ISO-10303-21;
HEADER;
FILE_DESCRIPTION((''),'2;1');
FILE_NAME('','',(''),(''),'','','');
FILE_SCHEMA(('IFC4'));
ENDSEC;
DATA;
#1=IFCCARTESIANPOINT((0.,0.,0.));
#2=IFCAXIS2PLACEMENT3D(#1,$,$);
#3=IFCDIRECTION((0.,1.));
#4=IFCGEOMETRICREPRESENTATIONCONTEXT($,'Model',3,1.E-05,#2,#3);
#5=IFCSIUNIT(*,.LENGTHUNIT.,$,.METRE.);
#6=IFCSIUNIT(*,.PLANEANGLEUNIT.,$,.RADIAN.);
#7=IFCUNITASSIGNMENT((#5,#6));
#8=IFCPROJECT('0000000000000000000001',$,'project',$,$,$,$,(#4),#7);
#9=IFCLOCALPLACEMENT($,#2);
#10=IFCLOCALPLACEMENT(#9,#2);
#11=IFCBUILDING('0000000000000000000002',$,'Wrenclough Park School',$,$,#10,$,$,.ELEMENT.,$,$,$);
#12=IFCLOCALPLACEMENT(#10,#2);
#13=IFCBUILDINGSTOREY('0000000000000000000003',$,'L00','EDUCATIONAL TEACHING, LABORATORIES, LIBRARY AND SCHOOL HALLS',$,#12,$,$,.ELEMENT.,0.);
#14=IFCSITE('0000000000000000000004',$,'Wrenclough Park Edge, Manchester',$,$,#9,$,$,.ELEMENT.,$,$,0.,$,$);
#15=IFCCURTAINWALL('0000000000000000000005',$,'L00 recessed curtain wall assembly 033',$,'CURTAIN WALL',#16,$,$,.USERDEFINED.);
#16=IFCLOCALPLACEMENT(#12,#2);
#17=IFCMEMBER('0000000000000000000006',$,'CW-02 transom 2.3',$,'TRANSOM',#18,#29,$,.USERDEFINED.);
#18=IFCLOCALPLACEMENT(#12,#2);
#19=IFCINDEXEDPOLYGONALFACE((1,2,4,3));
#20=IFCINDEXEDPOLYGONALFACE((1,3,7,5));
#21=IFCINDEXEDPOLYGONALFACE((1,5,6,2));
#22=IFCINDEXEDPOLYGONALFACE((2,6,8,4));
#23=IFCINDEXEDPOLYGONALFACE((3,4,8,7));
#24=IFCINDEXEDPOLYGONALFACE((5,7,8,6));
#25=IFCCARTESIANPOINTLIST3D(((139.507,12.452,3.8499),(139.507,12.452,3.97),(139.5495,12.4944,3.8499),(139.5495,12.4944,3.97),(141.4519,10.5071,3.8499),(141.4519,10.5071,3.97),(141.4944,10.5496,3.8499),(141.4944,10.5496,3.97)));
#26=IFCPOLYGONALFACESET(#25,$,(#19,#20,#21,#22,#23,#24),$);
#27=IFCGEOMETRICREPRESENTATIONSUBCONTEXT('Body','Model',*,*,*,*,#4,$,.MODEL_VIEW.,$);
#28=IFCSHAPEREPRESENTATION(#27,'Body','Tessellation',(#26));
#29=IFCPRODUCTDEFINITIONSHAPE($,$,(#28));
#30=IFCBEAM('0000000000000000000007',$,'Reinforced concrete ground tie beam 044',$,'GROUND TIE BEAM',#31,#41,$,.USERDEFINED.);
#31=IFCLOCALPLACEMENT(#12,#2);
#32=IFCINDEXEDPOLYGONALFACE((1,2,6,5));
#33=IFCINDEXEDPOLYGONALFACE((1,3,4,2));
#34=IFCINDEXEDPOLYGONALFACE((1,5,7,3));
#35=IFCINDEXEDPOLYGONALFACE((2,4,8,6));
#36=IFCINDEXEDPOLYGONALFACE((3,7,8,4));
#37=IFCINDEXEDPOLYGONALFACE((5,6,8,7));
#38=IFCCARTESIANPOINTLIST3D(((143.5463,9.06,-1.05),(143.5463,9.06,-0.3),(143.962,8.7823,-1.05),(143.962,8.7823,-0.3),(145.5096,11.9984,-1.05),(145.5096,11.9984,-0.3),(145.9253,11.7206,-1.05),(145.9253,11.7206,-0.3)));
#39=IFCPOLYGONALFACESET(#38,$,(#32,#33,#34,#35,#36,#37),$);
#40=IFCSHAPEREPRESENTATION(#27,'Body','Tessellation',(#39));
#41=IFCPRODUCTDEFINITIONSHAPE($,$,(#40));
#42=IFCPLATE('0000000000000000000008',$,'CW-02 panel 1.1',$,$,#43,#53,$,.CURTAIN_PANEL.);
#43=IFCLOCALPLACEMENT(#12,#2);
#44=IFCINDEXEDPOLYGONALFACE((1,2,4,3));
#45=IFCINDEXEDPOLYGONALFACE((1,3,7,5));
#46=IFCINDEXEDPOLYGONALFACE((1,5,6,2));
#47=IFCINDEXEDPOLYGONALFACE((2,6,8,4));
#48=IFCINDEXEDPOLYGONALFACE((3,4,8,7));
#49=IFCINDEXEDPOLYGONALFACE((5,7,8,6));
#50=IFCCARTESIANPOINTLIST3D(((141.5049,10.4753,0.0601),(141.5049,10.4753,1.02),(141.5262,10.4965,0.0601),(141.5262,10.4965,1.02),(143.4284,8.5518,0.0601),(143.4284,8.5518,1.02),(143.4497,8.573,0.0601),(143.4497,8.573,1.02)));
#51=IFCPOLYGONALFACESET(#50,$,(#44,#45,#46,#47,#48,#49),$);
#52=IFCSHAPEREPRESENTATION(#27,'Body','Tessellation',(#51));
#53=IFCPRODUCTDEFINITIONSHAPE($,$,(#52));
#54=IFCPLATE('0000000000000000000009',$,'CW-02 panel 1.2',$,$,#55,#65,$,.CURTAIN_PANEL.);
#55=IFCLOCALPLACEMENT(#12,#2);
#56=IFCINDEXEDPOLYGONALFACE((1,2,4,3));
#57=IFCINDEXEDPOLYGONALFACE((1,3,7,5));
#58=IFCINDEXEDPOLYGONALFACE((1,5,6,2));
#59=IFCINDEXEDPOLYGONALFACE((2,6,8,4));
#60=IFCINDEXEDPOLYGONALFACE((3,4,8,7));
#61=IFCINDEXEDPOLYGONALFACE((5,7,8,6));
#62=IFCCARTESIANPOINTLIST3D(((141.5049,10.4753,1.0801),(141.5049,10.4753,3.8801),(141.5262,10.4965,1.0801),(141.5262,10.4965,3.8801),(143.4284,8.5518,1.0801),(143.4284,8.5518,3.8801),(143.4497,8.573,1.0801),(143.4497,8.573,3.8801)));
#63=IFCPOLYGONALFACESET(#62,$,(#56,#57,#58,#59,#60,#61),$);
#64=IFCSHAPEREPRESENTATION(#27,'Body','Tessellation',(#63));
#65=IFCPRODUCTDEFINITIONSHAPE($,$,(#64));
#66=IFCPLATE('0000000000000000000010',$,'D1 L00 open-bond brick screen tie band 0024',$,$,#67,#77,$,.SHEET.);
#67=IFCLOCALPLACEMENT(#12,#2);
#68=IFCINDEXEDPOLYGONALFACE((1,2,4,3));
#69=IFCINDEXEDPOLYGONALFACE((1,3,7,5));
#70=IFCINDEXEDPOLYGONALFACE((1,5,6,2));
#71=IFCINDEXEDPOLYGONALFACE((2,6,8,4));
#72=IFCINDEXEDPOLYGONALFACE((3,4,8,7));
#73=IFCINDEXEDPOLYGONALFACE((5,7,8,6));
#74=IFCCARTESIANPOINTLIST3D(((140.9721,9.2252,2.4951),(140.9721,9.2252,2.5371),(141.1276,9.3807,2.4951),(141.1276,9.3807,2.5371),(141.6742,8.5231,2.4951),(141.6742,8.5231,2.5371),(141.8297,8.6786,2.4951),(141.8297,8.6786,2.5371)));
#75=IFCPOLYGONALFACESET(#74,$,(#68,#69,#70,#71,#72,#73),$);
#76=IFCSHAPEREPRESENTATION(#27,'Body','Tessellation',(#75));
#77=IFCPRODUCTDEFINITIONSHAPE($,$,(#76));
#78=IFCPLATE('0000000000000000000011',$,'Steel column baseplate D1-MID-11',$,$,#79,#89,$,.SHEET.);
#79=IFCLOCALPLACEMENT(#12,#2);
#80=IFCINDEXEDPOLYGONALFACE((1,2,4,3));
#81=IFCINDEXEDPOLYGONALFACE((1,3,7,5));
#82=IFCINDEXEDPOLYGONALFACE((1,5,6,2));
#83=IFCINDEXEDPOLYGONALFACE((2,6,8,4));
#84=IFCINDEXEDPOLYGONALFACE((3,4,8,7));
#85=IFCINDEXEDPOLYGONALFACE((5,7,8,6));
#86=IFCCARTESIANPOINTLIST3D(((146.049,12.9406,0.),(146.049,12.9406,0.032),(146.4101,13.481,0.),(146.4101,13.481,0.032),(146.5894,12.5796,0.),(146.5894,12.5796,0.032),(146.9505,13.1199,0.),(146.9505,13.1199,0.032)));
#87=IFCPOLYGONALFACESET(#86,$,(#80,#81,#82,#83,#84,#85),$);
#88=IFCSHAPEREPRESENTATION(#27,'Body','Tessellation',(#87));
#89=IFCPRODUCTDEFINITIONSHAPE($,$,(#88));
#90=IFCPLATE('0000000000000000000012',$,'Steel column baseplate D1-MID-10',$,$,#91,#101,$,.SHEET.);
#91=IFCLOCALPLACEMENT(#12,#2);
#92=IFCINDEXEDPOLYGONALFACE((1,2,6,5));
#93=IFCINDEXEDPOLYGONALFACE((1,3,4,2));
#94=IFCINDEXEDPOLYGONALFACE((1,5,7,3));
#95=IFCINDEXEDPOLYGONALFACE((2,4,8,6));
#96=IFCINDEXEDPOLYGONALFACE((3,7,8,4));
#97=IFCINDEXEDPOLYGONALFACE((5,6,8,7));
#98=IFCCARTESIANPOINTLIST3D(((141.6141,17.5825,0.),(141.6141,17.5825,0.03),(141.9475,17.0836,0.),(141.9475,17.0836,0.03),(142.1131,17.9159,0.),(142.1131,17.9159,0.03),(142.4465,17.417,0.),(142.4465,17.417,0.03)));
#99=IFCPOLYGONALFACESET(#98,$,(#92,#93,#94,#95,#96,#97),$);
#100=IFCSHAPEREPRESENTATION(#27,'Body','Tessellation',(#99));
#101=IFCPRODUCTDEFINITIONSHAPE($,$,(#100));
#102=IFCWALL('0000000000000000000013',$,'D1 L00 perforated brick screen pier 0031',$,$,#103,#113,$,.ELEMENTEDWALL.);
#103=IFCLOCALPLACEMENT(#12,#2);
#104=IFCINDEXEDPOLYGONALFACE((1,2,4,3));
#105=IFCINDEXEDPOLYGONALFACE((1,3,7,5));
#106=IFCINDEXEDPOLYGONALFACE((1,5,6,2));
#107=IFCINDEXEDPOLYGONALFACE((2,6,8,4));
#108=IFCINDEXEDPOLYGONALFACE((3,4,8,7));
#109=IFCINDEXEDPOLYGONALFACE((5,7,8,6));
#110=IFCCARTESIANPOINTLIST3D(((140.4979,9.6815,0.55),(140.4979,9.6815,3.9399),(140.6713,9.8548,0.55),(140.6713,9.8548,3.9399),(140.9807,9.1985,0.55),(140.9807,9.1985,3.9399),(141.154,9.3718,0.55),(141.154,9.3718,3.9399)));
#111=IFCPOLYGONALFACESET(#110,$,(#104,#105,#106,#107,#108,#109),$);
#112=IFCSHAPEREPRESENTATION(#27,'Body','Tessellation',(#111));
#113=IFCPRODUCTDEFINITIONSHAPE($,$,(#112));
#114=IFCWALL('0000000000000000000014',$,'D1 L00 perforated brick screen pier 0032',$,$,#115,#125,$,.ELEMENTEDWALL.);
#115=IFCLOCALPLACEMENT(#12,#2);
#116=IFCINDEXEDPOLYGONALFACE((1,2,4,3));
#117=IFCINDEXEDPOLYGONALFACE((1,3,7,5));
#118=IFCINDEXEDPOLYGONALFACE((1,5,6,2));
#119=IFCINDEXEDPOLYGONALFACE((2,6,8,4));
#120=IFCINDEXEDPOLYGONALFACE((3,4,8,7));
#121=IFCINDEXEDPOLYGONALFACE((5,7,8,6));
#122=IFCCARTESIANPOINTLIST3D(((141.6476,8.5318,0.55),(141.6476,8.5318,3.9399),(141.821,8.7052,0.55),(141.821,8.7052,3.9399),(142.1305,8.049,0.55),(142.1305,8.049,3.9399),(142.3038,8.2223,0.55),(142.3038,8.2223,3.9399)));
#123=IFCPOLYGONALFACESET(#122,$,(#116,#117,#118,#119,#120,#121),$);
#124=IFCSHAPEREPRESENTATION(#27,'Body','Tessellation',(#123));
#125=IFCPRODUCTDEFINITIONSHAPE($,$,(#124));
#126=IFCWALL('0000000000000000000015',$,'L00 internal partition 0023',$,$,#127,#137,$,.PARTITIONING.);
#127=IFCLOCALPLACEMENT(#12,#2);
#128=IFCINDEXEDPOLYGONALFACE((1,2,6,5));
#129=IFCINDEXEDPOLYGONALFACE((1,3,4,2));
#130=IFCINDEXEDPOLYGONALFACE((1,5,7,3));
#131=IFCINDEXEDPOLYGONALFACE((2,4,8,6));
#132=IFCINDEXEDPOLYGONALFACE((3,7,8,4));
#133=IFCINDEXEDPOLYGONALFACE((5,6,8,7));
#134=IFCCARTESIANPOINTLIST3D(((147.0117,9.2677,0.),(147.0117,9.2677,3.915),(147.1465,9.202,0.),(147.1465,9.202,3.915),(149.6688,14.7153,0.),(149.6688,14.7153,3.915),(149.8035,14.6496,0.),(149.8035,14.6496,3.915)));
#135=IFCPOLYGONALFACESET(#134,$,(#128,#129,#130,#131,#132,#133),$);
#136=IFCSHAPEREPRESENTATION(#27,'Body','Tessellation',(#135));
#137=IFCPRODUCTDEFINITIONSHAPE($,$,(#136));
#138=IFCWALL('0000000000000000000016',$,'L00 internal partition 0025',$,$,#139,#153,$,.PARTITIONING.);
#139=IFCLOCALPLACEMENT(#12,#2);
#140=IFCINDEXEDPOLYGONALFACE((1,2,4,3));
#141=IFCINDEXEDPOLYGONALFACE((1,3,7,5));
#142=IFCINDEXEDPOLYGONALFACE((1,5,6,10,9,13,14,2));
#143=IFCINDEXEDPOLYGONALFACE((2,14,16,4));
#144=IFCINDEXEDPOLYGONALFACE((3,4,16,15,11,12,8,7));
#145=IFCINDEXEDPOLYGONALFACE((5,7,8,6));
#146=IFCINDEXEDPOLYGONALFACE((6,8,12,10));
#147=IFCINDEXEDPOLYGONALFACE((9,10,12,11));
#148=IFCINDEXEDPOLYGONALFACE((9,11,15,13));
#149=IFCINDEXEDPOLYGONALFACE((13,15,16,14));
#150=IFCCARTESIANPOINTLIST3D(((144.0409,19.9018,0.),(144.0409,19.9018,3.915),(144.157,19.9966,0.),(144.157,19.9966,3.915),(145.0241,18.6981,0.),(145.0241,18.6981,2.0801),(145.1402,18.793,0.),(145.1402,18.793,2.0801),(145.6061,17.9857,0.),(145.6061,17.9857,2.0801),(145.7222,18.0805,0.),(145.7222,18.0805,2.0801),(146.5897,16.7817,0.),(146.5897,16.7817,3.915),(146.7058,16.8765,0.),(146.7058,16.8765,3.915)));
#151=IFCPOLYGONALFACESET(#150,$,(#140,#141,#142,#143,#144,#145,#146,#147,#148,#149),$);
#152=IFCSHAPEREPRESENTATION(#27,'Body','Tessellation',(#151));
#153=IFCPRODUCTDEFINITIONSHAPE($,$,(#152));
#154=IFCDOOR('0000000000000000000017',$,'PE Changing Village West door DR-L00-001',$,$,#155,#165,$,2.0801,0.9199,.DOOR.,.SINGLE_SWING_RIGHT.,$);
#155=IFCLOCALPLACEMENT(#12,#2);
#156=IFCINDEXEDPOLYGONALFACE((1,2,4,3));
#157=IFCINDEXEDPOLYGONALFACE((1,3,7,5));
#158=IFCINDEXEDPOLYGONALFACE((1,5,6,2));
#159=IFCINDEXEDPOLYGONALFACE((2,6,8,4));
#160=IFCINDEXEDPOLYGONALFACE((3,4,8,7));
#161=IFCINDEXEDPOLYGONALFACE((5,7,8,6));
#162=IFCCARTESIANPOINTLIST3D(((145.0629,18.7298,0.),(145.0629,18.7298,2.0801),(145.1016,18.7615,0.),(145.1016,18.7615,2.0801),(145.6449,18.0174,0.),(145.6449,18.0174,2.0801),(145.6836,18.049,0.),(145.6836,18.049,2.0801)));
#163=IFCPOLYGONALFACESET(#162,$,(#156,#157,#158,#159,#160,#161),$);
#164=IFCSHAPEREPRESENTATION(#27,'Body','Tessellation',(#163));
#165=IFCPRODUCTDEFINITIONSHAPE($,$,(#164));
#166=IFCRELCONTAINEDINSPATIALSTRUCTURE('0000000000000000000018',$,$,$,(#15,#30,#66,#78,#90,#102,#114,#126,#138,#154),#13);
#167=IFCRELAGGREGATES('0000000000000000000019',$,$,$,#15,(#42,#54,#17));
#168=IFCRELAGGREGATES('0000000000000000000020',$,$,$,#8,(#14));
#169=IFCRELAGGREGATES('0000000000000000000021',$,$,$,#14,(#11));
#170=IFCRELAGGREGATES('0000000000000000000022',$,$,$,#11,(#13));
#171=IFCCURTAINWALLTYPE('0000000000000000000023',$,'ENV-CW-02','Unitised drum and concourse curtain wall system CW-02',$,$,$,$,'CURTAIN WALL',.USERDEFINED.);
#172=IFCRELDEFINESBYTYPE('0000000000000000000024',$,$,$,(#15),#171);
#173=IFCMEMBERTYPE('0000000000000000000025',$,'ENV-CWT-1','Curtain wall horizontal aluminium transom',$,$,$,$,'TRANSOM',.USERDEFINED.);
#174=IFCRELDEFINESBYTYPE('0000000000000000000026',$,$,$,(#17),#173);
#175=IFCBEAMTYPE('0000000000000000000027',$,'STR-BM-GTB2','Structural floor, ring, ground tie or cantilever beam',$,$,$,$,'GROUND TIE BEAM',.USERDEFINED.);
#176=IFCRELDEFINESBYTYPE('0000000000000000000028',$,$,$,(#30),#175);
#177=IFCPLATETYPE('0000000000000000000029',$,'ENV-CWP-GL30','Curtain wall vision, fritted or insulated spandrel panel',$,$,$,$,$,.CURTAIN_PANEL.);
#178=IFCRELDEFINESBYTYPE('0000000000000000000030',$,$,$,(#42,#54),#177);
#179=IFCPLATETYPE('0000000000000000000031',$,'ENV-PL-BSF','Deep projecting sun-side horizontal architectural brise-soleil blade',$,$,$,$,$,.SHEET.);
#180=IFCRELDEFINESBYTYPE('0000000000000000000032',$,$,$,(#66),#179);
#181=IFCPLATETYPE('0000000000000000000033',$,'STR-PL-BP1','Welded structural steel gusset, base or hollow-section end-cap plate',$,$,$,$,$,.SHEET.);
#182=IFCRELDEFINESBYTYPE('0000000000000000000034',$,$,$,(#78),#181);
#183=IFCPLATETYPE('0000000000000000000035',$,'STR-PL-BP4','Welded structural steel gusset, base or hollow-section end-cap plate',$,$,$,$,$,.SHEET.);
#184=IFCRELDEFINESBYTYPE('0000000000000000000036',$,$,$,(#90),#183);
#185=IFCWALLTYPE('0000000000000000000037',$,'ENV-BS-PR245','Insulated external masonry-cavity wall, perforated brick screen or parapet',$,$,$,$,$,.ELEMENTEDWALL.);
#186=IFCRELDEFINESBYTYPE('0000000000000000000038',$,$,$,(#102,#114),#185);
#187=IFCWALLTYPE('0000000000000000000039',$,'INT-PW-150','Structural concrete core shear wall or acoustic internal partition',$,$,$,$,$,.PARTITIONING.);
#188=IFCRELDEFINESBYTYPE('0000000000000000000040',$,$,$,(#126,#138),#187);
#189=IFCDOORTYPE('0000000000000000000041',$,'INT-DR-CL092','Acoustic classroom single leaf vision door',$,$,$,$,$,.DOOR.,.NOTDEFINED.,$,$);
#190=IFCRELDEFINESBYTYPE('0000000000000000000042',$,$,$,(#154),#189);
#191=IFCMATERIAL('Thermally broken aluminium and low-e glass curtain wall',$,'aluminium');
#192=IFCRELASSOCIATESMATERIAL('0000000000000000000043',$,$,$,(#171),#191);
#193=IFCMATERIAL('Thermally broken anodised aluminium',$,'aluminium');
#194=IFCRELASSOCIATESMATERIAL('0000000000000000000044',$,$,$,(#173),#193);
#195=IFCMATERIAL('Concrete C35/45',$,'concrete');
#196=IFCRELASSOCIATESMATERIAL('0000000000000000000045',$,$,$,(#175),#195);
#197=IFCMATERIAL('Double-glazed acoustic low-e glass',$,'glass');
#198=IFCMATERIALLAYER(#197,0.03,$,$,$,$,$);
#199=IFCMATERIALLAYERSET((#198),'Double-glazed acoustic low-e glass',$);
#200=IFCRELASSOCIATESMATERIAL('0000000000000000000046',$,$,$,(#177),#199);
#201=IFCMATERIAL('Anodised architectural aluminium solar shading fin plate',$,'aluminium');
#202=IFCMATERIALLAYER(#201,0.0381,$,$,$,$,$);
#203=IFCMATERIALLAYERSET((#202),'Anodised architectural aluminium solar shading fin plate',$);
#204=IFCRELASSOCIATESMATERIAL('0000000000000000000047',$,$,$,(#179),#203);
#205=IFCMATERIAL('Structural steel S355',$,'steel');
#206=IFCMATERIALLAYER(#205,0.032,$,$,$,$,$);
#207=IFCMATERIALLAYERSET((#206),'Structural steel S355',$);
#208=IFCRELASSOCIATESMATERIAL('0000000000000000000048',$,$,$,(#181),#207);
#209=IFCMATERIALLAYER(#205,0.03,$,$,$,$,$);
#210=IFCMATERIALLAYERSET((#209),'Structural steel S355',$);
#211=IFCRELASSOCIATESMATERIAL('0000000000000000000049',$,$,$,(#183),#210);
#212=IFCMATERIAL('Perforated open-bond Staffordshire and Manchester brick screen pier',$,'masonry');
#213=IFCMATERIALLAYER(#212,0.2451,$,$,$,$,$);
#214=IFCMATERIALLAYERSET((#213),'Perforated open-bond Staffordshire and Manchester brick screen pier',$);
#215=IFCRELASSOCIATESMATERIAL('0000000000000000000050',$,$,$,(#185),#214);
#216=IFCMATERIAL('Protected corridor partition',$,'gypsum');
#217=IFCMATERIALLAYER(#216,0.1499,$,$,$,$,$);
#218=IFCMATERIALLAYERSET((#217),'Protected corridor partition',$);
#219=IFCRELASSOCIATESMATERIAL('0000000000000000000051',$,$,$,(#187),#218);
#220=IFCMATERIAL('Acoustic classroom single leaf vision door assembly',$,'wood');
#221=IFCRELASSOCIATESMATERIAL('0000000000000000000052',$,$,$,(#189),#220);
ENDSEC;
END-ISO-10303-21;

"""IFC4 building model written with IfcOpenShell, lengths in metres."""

from ifc_helpers import new_model, si_unit, direction, frame, frame_2d, origin, origin_2d, place, context, subcontext, project, spatial, rectangle, extrude, material, layer, layer_set, material_profile, profile_set, type_object, element, fill, aggregate, save


model = new_model("IFC4")

# Units and contexts
model_context = context("Model", 3, precision=1e-05, world=origin(), true_north=direction((0.0, 1.0)))
body_context = subcontext(model_context, "Body", "Model", "MODEL_VIEW")
ifc_project = project(units=[si_unit("LENGTHUNIT", "METRE"), si_unit("PLANEANGLEUNIT", "RADIAN")], contexts=[model_context])

# Site, building, storey
site_placement = place(None, origin())
site = spatial("IfcSite", under=ifc_project, at=site_placement, Name="Wrenclough Park Edge, Manchester", CompositionType="ELEMENT", RefElevation=0.0)
building_placement = place(site_placement, origin())
building = spatial("IfcBuilding", under=site, at=building_placement, Name="Wrenclough Park School", CompositionType="ELEMENT")
storey_placement = place(building_placement, origin())
storey = spatial("IfcBuildingStorey", under=building, at=storey_placement, Name="L00", Description="EDUCATIONAL TEACHING, LABORATORIES, LIBRARY AND SCHOOL HALLS", CompositionType="ELEMENT", Elevation=0.0)

# Shared definitions
ifc_material_1 = material(Name="Concrete C35/45", Category="concrete")

# Shared definitions
ifc_material_2 = material(Name="Structural steel S355", Category="steel")

# Curtain wall, member
ifc_material_3 = material(Name="Thermally broken aluminium and low-e glass curtain wall", Category="aluminium")
curtain_wall_type = type_object("IfcCurtainWallType", Name="ENV-CW-02", Description="Unitised drum and concourse curtain wall system CW-02", ElementType="CURTAIN WALL", PredefinedType="USERDEFINED", material=ifc_material_3)
curtain_wall_placement = place(storey_placement, origin())
curtain_wall = element("IfcCurtainWall", 1, at=curtain_wall_placement, inside=storey, type_object=curtain_wall_type, Name="L00 recessed curtain wall assembly 033", ObjectType="CURTAIN WALL", PredefinedType="USERDEFINED")
ifc_material_4 = material(Name="Thermally broken anodised aluminium", Category="aluminium")
ifc_material_profile_1 = material_profile(ifc_material_4, rectangle(XDim=0.0601, YDim=0.1201, at=origin_2d()), Name="AL TRANSOM 60x120")
ifc_profile_set_1 = profile_set([ifc_material_profile_1], Name="Thermally broken anodised aluminium")
member_type_1 = type_object("IfcMemberType", Name="ENV-CWT-1", Description="Curtain wall horizontal aluminium transom", ElementType="TRANSOM", PredefinedType="USERDEFINED", material=ifc_profile_set_1)
member_1_placement = place(storey_placement, frame((141.4731, 10.5283, 3.9099), z_axis=(-0.707107, 0.707107, 0.0), x_axis=(-0.707107, -0.707107, 0.0)))
member_1 = element("IfcMember", 2, at=member_1_placement, type_object=member_type_1, Name="CW-02 transom 2.3", ObjectType="TRANSOM", PredefinedType="USERDEFINED", context=body_context, shape_type="SweptSolid", body=[
    extrude(rectangle(XDim=0.0601, YDim=0.1201, at=origin_2d()), origin(), (0.0, 0.0, 1.0), 2.7505),
])

# Beam
ifc_material_profile_2 = material_profile(ifc_material_1, rectangle(XDim=0.5, YDim=0.75, at=origin_2d()), Name="RC GROUND 500x750")
ifc_profile_set_2 = profile_set([ifc_material_profile_2], Name="Concrete C35/45")
beam_type = type_object("IfcBeamType", Name="STR-BM-GTB2", Description="Structural floor, ring, ground tie or cantilever beam", ElementType="GROUND TIE BEAM", PredefinedType="USERDEFINED", material=ifc_profile_set_2)
beam_placement = place(storey_placement, frame((143.7542, 8.9211, -0.675), z_axis=(0.555561, 0.831476, 0.0), x_axis=(-0.831476, 0.555561, 0.0)))
element("IfcBeam", 3, at=beam_placement, inside=storey, type_object=beam_type, Name="Reinforced concrete ground tie beam 044", ObjectType="GROUND TIE BEAM", PredefinedType="USERDEFINED", context=body_context, shape_type="SweptSolid", body=[
    extrude(rectangle(XDim=0.5, YDim=0.75, at=origin_2d()), origin(), (0.0, 0.0, 1.0), 3.5339),
])

# Plates
ifc_material_5 = material(Name="Double-glazed acoustic low-e glass", Category="glass")
ifc_layer_1 = layer(ifc_material_5, 0.03)
ifc_layer_set_1 = layer_set([ifc_layer_1], Name="Double-glazed acoustic low-e glass")
plate_type_1 = type_object("IfcPlateType", Name="ENV-CWP-GL30", Description="Curtain wall vision, fritted or insulated spandrel panel", PredefinedType="CURTAIN_PANEL", material=ifc_layer_set_1)
plate_1_placement = place(storey_placement, frame((142.4773, 9.5242, 0.0601), z_axis=(0.0, 0.0, 1.0), x_axis=(-0.707107, 0.707107, 0.0)))
plate_1 = element("IfcPlate", 4, at=plate_1_placement, type_object=plate_type_1, Name="CW-02 panel 1.1", PredefinedType="CURTAIN_PANEL", context=body_context, shape_type="SweptSolid", body=[
    extrude(rectangle(XDim=2.7202, YDim=0.03, at=origin_2d()), origin(), (0.0, 0.0, 1.0), 0.96),
])
plate_2_placement = place(storey_placement, frame((142.4773, 9.5242, 1.0801), z_axis=(0.0, 0.0, 1.0), x_axis=(-0.707107, 0.707107, 0.0)))
plate_2 = element("IfcPlate", 5, at=plate_2_placement, type_object=plate_type_1, Name="CW-02 panel 1.2", PredefinedType="CURTAIN_PANEL", context=body_context, shape_type="SweptSolid", body=[
    extrude(rectangle(XDim=2.7202, YDim=0.03, at=origin_2d()), origin(), (0.0, 0.0, 1.0), 2.8),
])
aggregate(curtain_wall, [plate_1, plate_2, member_1])

# Plates
ifc_material_6 = material(Name="Anodised architectural aluminium solar shading fin plate", Category="aluminium")
ifc_layer_2 = layer(ifc_material_6, 0.0381)
ifc_layer_set_2 = layer_set([ifc_layer_2], Name="Anodised architectural aluminium solar shading fin plate")
plate_type_2 = type_object("IfcPlateType", Name="ENV-PL-BSF", Description="Deep projecting sun-side horizontal architectural brise-soleil blade", PredefinedType="SHEET", material=ifc_layer_set_2)
plate_3_placement = place(storey_placement, frame((141.4009, 8.9519, 2.4951), z_axis=(0.0, 0.0, 1.0), x_axis=(0.707107, -0.707107, 0.0)))
element("IfcPlate", 6, at=plate_3_placement, inside=storey, type_object=plate_type_2, Name="D1 L00 open-bond brick screen tie band 0024", PredefinedType="SHEET", context=body_context, shape_type="SweptSolid", body=[
    extrude(rectangle(XDim=0.9929, YDim=0.22, at=origin_2d()), origin(), (0.0, 0.0, 1.0), 0.042),
])
ifc_layer_3 = layer(ifc_material_2, 0.032)
ifc_layer_set_3 = layer_set([ifc_layer_3], Name="Structural steel S355")
plate_type_3 = type_object("IfcPlateType", Name="STR-PL-BP1", Description="Welded structural steel gusset, base or hollow-section end-cap plate", PredefinedType="SHEET", material=ifc_layer_set_3)
plate_4_placement = place(storey_placement, frame((146.4998, 13.0303, 0.0), z_axis=(0.0, 0.0, 1.0), x_axis=(0.83147, -0.55557, 0.0)))
element("IfcPlate", 7, at=plate_4_placement, inside=storey, type_object=plate_type_3, Name="Steel column baseplate D1-MID-11", PredefinedType="SHEET", context=body_context, shape_type="SweptSolid", body=[
    extrude(rectangle(XDim=0.6499, YDim=0.6499, at=origin_2d()), origin(), (0.0, 0.0, 1.0), 0.032),
])
ifc_layer_4 = layer(ifc_material_2, 0.03)
ifc_layer_set_4 = layer_set([ifc_layer_4], Name="Structural steel S355")
plate_type_4 = type_object("IfcPlateType", Name="STR-PL-BP4", Description="Welded structural steel gusset, base or hollow-section end-cap plate", PredefinedType="SHEET", material=ifc_layer_set_4)
plate_5_placement = place(storey_placement, frame((142.0303, 17.4998, 0.0), z_axis=(0.0, 0.0, 1.0), x_axis=(0.55557, -0.83147, 0.0)))
element("IfcPlate", 8, at=plate_5_placement, inside=storey, type_object=plate_type_4, Name="Steel column baseplate D1-MID-10", PredefinedType="SHEET", context=body_context, shape_type="SweptSolid", body=[
    extrude(rectangle(XDim=0.6001, YDim=0.6001, at=origin_2d()), origin(), (0.0, 0.0, 1.0), 0.03),
])

# Walls
ifc_material_7 = material(Name="Perforated open-bond Staffordshire and Manchester brick screen pier", Category="masonry")
ifc_layer_5 = layer(ifc_material_7, 0.2451)
ifc_layer_set_5 = layer_set([ifc_layer_5], Name="Perforated open-bond Staffordshire and Manchester brick screen pier")
wall_type_1 = type_object("IfcWallType", Name="ENV-BS-PR245", Description="Insulated external masonry-cavity wall, perforated brick screen or parapet", PredefinedType="ELEMENTEDWALL", material=ifc_layer_set_5)
for number, where, z_axis, x_axis, name in (
    (9, (140.5847, 9.7681, 0.55), (0.0, 0.0, 1.0), (0.706928, -0.707286, 0.0), "D1 L00 perforated brick screen pier 0031"),
    (10, (141.7344, 8.6184, 0.55), (0.0, 0.0, 1.0), (0.707107, -0.707107, 0.0), "D1 L00 perforated brick screen pier 0032"),
):
    element("IfcWall", number, at=place(storey_placement, frame(where, z_axis=z_axis, x_axis=x_axis)), inside=storey, type_object=wall_type_1, Name=name, PredefinedType="ELEMENTEDWALL", context=body_context, shape_type="SweptSolid", body=[
        extrude(rectangle(XDim=0.6829, YDim=0.2451, at=frame_2d((0.3413, 0.0))), origin(), (0.0, 0.0, 1.0), 3.3899),
    ])
ifc_material_8 = material(Name="Protected corridor partition", Category="gypsum")
ifc_layer_6 = layer(ifc_material_8, 0.1499)
ifc_layer_set_6 = layer_set([ifc_layer_6], Name="Protected corridor partition")
wall_type_2 = type_object("IfcWallType", Name="INT-PW-150", Description="Structural concrete core shear wall or acoustic internal partition", PredefinedType="PARTITIONING", material=ifc_layer_set_6)
wall_1_placement = place(storey_placement, frame((147.0791, 9.2349, 0.0), z_axis=(0.0, 0.0, 1.0), x_axis=(0.438378, 0.898791, 0.0)))
element("IfcWall", 11, at=wall_1_placement, inside=storey, type_object=wall_type_2, Name="L00 internal partition 0023", PredefinedType="PARTITIONING", context=body_context, shape_type="SweptSolid", body=[
    extrude(rectangle(XDim=6.061, YDim=0.1499, at=frame_2d((3.0305, 0.0))), origin(), (0.0, 0.0, 1.0), 3.915),
])

# Wall, opening, door
wall_2_placement = place(storey_placement, frame((146.6477, 16.8291, 0.0), z_axis=(0.0, 0.0, 1.0), x_axis=(-0.632644, 0.774443, 0.0)))
wall_2 = element("IfcWall", 12, at=wall_2_placement, inside=storey, type_object=wall_type_2, Name="L00 internal partition 0025", PredefinedType="PARTITIONING", context=body_context, shape_type="SweptSolid", body=[
    extrude(rectangle(XDim=4.0288, YDim=0.1499, at=frame_2d((2.0144, 0.0))), origin(), (0.0, 0.0, 1.0), 3.915),
])
opening_placement = place(wall_2_placement, frame((1.5547, 0.0, 0.0)))
opening = element("IfcOpeningElement", 13, at=opening_placement, cuts=wall_2, PredefinedType="OPENING", context=body_context, shape_type="SweptSolid", body=[
    extrude(rectangle(XDim=0.9199, YDim=2.0801, at=frame_2d((0.46, 1.04))), frame((0.0, 0.085, 0.0), z_axis=(0.0, -1.0, 0.0), x_axis=(1.0, 0.0, 0.0)), (0.0, 0.0, 1.0), 0.1699),
])
ifc_material_9 = material(Name="Acoustic classroom single leaf vision door assembly", Category="wood")
door_type = type_object("IfcDoorType", Name="INT-DR-CL092", Description="Acoustic classroom single leaf vision door", OperationType="NOTDEFINED", PredefinedType="DOOR", material=ifc_material_9)
door_placement = place(opening_placement, origin())
door = element("IfcDoor", 14, at=door_placement, inside=storey, type_object=door_type, Name="PE Changing Village West door DR-L00-001", OperationType="SINGLE_SWING_RIGHT", OverallHeight=2.0801, OverallWidth=0.9199, PredefinedType="DOOR", context=body_context, shape_type="SweptSolid", body=[
    extrude(rectangle(XDim=0.9199, YDim=2.0801, at=frame_2d((0.46, 1.04))), frame((0.0, 0.0249, 0.0), z_axis=(0.0, -1.0, 0.0), x_axis=(1.0, 0.0, 0.0)), (0.0, 0.0, 1.0), 0.05),
])
fill(opening, door)

save(model, "model.ifc")
